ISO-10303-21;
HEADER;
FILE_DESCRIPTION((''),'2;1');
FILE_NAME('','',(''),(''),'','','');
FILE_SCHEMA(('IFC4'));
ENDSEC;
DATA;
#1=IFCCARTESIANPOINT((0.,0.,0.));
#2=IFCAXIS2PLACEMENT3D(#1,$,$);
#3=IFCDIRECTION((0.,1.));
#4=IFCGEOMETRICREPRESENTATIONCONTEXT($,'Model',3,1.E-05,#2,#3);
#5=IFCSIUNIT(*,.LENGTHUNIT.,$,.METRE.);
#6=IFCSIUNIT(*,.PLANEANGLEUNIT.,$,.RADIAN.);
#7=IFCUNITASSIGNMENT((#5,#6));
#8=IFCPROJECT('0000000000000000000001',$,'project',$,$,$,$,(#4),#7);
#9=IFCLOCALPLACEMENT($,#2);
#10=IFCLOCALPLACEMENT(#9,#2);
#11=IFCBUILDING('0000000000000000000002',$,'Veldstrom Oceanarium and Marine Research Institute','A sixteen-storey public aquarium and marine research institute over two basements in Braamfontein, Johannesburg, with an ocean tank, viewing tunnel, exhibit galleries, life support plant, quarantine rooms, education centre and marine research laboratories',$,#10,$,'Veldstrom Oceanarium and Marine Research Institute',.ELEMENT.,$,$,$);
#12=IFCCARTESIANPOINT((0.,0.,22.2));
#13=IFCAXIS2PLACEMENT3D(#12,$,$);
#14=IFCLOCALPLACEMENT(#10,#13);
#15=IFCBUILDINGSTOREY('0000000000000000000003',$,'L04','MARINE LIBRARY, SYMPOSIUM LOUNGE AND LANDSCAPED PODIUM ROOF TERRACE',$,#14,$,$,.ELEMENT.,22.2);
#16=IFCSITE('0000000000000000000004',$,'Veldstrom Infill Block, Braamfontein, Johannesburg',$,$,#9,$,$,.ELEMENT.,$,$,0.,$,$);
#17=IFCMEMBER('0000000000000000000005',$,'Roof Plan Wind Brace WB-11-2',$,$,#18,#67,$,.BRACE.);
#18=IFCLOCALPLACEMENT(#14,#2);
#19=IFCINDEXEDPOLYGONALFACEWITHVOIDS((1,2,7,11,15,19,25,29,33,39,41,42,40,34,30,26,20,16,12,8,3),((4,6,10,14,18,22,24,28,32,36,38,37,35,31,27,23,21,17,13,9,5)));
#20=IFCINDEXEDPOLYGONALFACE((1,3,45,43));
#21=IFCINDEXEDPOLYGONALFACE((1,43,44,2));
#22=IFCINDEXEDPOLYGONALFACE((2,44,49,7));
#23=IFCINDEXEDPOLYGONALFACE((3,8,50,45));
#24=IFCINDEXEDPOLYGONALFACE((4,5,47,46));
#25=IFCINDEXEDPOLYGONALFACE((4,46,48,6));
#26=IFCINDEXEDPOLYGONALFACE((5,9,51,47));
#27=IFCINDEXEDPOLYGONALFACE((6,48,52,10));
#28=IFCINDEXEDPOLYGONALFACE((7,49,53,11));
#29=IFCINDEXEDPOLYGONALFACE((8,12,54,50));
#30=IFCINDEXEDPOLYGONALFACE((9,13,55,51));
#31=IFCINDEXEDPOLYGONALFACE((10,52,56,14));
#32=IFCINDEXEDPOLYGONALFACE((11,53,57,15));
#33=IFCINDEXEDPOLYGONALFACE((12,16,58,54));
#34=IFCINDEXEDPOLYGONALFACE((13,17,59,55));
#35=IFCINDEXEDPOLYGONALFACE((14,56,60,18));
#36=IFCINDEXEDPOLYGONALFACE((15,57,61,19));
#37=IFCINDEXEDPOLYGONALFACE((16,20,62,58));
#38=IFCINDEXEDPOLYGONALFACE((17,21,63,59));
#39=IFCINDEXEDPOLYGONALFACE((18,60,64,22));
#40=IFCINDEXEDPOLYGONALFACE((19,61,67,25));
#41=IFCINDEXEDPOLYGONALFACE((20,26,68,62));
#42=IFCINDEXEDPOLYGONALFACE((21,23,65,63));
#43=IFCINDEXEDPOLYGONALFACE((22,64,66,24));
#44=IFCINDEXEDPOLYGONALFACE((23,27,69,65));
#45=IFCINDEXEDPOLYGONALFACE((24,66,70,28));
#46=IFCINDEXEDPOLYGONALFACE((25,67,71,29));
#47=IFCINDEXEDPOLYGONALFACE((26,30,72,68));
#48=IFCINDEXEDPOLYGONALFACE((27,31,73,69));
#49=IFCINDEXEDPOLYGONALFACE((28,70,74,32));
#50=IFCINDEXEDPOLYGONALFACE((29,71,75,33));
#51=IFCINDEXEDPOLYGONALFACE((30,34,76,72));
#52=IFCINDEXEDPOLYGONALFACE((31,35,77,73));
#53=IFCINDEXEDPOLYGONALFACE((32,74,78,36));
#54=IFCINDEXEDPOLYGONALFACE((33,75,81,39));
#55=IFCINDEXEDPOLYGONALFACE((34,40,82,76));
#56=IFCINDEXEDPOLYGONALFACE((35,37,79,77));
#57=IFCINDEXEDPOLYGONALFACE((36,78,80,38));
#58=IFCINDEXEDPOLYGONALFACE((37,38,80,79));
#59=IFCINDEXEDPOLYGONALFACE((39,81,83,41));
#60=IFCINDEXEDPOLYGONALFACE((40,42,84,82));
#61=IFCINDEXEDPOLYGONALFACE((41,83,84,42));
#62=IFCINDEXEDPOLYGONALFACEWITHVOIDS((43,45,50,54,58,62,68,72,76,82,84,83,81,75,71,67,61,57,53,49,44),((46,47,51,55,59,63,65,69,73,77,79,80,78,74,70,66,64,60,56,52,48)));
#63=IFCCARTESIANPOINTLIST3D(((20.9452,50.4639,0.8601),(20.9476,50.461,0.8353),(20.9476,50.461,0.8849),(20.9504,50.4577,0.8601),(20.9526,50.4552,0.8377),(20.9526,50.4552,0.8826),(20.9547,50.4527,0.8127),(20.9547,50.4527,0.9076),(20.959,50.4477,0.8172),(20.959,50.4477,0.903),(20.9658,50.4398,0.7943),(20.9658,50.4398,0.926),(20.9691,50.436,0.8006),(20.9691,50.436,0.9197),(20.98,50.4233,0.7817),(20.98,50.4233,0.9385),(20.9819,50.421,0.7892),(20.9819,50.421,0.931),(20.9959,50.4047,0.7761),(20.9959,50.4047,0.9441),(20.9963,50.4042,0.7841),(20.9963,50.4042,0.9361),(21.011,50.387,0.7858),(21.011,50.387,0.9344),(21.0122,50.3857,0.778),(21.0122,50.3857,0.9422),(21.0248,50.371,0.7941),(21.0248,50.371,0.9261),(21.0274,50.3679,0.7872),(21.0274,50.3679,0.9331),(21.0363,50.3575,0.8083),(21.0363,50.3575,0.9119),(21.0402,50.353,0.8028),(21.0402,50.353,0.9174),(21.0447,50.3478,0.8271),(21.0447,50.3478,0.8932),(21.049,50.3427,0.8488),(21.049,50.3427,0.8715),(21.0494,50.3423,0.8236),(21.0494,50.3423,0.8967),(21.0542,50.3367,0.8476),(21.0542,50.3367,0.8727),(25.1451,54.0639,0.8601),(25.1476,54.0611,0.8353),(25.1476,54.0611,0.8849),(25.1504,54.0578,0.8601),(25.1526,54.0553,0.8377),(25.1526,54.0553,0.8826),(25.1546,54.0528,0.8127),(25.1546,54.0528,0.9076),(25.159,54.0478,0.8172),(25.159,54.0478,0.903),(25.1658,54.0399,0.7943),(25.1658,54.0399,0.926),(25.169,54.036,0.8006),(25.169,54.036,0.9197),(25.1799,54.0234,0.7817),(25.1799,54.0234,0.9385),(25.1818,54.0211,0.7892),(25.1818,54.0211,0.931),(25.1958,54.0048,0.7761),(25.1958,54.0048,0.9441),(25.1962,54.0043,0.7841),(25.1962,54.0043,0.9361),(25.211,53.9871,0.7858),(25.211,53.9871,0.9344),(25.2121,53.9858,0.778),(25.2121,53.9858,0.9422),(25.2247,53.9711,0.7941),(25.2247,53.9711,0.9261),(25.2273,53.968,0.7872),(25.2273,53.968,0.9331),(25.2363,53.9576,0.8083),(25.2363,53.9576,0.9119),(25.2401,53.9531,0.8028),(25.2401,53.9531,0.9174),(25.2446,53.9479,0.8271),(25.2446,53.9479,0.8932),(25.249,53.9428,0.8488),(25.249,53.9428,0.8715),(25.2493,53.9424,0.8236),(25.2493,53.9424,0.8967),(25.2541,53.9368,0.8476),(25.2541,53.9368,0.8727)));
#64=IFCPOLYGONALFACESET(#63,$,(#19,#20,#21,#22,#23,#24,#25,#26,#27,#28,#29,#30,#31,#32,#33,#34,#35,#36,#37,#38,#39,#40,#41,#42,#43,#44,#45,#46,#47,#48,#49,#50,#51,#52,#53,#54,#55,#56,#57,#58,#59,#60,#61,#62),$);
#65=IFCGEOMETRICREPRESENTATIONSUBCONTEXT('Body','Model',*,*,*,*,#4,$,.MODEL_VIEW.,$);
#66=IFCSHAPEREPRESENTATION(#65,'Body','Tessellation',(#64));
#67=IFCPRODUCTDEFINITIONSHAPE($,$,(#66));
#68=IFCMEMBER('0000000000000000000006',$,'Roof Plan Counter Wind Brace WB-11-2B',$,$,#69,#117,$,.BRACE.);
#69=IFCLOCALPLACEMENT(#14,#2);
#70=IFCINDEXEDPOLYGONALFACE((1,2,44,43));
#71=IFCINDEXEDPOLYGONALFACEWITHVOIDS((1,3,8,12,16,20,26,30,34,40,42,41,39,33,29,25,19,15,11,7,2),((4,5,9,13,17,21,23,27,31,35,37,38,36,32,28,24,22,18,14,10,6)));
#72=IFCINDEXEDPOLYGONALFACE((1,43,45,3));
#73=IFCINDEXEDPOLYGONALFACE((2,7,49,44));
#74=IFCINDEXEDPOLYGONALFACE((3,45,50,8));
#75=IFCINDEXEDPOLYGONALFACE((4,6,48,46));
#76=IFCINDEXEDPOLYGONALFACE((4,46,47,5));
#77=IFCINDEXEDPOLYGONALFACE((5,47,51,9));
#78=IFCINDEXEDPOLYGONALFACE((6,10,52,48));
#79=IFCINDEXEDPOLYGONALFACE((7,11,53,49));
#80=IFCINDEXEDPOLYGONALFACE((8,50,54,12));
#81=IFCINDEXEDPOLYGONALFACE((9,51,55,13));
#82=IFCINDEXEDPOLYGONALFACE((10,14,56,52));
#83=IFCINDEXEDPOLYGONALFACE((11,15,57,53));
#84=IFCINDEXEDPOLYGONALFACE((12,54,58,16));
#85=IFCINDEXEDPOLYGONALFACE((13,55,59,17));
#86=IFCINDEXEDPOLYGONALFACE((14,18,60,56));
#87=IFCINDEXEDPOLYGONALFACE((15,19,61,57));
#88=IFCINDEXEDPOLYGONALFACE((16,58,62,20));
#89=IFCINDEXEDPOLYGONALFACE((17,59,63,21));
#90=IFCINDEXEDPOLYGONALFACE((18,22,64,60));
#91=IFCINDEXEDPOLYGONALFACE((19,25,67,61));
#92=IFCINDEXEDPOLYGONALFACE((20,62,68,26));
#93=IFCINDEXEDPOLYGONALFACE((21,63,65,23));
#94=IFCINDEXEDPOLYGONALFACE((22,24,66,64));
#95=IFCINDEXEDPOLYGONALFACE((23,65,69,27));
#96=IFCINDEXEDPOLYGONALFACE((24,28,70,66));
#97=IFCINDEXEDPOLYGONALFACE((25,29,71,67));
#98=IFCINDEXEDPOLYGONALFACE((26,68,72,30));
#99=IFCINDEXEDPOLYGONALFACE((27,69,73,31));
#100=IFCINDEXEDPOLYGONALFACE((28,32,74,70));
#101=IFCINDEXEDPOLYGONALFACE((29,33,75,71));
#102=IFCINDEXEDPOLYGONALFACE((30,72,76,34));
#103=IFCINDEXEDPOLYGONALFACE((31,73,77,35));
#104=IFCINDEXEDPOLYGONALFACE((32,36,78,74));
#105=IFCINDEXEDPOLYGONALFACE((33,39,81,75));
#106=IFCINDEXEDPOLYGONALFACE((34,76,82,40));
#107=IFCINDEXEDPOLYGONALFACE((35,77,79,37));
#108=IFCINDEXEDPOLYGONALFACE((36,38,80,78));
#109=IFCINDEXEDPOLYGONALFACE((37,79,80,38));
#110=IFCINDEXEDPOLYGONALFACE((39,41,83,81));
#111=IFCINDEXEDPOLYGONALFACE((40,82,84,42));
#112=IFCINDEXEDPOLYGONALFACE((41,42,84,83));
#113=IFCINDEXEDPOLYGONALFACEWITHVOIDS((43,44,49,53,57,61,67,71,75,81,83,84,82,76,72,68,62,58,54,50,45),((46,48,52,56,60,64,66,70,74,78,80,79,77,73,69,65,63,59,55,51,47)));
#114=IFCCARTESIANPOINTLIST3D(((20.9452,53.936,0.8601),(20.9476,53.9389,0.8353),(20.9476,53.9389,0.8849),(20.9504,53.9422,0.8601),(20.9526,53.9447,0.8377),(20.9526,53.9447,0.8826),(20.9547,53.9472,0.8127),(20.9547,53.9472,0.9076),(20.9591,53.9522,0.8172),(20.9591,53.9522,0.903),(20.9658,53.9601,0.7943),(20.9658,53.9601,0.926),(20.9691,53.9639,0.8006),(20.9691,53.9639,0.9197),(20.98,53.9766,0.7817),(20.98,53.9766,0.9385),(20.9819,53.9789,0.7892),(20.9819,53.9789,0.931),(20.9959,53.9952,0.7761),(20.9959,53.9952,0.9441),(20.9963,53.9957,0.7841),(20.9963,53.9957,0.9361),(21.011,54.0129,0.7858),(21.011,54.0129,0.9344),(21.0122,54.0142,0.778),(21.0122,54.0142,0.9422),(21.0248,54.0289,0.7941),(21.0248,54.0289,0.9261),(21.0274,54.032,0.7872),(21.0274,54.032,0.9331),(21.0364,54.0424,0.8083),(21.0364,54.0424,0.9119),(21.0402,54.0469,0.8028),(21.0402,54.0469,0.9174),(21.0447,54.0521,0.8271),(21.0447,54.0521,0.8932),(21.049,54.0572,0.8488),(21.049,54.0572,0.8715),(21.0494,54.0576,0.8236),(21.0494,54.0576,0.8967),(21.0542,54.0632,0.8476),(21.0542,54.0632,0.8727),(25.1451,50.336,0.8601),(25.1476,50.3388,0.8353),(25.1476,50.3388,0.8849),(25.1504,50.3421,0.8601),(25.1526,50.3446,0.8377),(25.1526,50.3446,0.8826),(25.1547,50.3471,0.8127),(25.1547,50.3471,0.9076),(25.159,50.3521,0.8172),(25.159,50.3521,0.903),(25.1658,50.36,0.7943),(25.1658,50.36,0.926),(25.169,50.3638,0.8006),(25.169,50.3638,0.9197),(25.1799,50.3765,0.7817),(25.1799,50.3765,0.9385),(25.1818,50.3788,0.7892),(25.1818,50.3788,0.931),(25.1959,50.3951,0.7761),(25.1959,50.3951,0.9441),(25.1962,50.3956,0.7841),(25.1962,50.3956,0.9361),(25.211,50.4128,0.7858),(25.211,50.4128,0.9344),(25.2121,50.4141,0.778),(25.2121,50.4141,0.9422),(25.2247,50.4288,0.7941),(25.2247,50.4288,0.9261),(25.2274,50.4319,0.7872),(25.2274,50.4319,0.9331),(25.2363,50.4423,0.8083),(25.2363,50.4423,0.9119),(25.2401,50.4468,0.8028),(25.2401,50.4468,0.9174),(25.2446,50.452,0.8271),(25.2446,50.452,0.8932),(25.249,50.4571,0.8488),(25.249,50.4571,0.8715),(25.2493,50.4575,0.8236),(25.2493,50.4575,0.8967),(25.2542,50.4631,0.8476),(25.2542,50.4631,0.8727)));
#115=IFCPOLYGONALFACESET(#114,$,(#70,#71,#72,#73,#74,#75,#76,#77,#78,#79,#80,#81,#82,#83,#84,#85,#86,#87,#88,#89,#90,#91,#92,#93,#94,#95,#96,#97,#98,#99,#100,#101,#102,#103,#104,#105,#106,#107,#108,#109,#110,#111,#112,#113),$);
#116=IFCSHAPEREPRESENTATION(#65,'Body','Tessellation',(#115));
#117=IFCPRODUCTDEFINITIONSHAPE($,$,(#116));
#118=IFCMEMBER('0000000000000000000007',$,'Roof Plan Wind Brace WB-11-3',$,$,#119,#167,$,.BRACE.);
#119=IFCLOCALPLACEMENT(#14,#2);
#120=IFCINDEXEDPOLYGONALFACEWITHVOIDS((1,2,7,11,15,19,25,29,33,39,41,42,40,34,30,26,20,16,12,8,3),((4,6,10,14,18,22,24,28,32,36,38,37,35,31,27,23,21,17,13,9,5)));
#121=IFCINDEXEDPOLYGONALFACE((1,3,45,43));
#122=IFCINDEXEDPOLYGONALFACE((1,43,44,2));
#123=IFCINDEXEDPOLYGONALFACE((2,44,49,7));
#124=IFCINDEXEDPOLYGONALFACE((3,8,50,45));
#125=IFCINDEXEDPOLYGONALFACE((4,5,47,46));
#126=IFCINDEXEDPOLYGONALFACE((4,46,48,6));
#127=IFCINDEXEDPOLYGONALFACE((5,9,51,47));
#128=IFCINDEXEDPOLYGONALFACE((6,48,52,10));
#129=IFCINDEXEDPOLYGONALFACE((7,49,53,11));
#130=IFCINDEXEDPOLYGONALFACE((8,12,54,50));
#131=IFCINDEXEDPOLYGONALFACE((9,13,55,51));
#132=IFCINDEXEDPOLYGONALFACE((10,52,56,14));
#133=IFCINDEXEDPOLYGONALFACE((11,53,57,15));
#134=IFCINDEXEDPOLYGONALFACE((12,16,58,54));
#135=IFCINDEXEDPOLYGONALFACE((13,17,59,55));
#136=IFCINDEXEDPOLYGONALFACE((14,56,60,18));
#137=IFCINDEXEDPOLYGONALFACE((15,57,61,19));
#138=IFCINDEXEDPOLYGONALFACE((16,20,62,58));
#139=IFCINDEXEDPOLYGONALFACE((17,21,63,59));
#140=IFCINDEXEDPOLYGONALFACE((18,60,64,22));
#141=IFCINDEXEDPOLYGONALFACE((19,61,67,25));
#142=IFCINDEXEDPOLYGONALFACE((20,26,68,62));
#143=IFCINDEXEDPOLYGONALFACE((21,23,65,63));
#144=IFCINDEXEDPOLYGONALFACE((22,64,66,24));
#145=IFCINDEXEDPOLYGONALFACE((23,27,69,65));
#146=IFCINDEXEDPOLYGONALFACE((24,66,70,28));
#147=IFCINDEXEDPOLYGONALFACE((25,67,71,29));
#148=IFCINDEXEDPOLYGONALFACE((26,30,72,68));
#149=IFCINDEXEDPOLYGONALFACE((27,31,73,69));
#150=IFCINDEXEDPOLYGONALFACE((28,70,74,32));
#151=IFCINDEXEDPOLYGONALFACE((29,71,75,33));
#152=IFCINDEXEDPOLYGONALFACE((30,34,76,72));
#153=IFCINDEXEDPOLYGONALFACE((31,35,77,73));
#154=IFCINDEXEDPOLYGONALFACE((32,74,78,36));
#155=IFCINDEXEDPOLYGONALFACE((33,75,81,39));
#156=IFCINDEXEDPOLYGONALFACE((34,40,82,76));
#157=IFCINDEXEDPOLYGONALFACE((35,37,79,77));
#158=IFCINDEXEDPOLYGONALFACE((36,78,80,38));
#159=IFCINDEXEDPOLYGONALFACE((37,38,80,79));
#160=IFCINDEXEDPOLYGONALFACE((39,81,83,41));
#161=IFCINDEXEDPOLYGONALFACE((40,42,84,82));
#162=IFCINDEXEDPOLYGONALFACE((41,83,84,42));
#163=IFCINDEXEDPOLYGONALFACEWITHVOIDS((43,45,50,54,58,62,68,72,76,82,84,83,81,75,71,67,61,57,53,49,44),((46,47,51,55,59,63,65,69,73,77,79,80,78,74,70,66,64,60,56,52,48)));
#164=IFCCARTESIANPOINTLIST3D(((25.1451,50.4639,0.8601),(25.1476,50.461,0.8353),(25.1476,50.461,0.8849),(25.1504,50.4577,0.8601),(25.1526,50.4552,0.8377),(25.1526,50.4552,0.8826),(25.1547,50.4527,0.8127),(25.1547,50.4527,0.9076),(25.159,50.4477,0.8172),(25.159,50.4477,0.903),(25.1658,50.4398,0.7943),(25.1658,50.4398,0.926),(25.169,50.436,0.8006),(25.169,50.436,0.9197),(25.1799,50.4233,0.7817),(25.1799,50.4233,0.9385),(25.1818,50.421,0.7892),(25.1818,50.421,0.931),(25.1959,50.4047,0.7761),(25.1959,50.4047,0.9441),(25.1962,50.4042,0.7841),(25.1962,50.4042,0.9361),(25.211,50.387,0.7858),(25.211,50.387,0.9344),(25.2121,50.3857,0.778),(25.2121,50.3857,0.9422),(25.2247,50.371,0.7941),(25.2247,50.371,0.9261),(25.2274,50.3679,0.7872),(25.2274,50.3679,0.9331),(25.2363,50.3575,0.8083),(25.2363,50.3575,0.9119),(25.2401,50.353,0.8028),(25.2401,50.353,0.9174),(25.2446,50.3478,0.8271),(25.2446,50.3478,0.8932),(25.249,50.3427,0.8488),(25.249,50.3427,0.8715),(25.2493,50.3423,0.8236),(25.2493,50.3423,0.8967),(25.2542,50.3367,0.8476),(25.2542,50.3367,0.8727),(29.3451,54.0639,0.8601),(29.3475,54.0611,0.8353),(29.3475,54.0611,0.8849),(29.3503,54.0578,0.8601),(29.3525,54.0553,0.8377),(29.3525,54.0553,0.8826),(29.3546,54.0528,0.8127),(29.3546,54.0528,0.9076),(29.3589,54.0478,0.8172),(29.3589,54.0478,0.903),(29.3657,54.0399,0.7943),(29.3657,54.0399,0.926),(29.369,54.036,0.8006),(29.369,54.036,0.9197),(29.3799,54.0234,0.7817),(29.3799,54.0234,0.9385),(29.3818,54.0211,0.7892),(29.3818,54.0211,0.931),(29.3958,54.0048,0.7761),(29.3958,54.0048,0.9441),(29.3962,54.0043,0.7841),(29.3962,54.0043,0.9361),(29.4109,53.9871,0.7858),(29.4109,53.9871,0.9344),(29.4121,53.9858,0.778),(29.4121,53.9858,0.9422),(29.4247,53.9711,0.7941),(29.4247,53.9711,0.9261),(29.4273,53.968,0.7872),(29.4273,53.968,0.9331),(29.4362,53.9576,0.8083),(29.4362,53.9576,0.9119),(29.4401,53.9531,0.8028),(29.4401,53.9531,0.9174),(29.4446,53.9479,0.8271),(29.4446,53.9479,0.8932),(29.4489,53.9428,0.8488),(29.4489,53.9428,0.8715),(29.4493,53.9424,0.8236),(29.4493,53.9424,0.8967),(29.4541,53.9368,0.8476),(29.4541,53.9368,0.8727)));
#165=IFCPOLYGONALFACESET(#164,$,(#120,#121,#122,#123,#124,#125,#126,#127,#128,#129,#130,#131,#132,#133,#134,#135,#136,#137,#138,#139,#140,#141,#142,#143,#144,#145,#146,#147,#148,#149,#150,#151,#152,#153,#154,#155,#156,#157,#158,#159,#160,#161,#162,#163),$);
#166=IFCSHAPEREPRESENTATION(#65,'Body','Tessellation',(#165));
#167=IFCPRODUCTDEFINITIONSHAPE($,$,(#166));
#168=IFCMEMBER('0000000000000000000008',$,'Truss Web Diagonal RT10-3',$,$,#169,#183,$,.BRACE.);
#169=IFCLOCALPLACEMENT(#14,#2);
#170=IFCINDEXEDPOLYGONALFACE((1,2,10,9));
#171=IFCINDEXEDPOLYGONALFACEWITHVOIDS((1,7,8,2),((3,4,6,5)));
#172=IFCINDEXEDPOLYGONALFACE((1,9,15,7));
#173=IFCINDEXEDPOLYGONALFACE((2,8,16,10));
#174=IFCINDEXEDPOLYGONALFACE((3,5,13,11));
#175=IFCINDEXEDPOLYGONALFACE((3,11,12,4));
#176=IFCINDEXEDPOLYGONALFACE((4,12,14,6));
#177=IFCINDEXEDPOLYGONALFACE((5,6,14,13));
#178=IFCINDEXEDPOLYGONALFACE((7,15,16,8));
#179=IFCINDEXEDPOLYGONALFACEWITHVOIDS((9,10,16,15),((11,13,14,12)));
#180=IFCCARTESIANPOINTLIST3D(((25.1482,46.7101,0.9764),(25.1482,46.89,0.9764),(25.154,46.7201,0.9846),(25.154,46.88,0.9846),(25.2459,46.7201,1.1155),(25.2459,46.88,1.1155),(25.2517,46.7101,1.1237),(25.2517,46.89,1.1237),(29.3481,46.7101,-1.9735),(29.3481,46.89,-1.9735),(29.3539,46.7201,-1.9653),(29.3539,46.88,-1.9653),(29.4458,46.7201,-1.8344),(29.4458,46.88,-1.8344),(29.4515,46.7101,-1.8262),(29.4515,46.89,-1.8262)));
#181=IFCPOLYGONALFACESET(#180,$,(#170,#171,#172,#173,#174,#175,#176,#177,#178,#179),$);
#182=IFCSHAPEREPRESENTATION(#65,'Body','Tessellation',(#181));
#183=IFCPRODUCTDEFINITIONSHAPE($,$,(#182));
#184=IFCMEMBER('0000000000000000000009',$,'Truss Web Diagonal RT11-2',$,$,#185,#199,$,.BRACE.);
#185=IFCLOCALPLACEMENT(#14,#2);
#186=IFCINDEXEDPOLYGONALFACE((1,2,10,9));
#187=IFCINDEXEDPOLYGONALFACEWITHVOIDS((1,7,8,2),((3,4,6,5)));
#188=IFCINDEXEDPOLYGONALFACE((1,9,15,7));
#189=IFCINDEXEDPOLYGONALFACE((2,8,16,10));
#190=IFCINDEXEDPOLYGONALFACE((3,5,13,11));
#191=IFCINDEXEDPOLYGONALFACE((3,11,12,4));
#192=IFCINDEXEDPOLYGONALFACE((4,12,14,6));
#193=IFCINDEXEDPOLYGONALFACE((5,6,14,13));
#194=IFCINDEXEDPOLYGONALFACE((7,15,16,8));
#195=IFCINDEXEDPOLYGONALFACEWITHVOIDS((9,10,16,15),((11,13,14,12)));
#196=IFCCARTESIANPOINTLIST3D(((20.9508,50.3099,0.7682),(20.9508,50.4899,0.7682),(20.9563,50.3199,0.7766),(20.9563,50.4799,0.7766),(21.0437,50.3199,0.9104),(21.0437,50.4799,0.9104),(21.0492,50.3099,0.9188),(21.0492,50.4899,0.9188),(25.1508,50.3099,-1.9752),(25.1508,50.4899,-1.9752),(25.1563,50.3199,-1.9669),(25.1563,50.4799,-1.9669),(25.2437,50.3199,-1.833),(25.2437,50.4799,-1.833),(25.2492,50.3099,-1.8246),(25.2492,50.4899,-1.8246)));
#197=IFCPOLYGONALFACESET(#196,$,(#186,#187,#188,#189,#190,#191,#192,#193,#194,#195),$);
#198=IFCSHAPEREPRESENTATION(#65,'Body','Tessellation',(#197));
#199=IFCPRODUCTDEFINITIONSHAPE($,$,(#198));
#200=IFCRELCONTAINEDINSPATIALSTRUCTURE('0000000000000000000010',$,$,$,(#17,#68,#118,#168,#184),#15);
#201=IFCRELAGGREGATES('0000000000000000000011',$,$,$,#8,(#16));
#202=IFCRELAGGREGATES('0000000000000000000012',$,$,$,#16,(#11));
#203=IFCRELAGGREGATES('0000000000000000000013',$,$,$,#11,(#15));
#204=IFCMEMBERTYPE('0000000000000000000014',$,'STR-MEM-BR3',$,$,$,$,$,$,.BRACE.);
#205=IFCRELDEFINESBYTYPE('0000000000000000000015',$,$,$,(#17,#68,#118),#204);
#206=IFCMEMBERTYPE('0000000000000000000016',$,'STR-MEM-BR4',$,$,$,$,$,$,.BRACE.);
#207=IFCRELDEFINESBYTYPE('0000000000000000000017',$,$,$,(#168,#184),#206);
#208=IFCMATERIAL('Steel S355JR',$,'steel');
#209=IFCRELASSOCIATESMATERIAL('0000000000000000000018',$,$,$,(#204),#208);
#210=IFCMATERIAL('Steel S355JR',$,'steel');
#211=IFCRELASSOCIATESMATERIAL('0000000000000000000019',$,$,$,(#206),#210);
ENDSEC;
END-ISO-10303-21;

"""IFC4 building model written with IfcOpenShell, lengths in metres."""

from ifc_helpers import new_model, si_unit, direction, frame, origin, origin_2d, place, context, subcontext, project, spatial, hollow_rectangle, hollow_circle, extrude, material, material_profile, profile_set, type_object, element, save


model = new_model("IFC4")

# Units and contexts
model_context = context("Model", 3, precision=1e-05, world=origin(), true_north=direction((0.0, 1.0)))
body_context = subcontext(model_context, "Body", "Model", "MODEL_VIEW")
ifc_project = project(units=[si_unit("LENGTHUNIT", "METRE"), si_unit("PLANEANGLEUNIT", "RADIAN")], contexts=[model_context])

# Site, building, storey
site_placement = place(None, origin())
site = spatial("IfcSite", under=ifc_project, at=site_placement, Name="Veldstrom Infill Block, Braamfontein, Johannesburg", CompositionType="ELEMENT", RefElevation=0.0)
building_placement = place(site_placement, origin())
building = spatial("IfcBuilding", under=site, at=building_placement, Name="Veldstrom Oceanarium and Marine Research Institute", Description="A sixteen-storey public aquarium and marine research institute over two basements in Braamfontein, Johannesburg, with an ocean tank, viewing tunnel, exhibit galleries, life support plant, quarantine rooms, education centre and marine research laboratories", LongName="Veldstrom Oceanarium and Marine Research Institute", CompositionType="ELEMENT")
storey_placement = place(building_placement, frame((0.0, 0.0, 22.2)))
storey = spatial("IfcBuildingStorey", under=building, at=storey_placement, Name="L04", Description="MARINE LIBRARY, SYMPOSIUM LOUNGE AND LANDSCAPED PODIUM ROOF TERRACE", CompositionType="ELEMENT", Elevation=22.2)

# Members
ifc_material_1 = material(Name="Steel S355JR", Category="steel")
ifc_material_profile_1 = material_profile(ifc_material_1, hollow_circle(Radius=0.0842, WallThickness=0.0081, at=origin_2d()), Name="CHS 168.3x8")
ifc_profile_set_1 = profile_set([ifc_material_profile_1], Name="Steel S355JR")
member_type_1 = type_object("IfcMemberType", Name="STR-MEM-BR3", PredefinedType="BRACE", material=ifc_profile_set_1)
for number, where, z_axis, x_axis, name in (
    (1, (21.0, 50.3999, 0.8601), (0.759244, 0.650806, 0.0), (-0.650806, 0.759244, 0.0), "Roof Plan Wind Brace WB-11-2"),
    (2, (25.2, 50.3999, 0.8601), (-0.759244, 0.650806, 0.0), (-0.650806, -0.759244, 0.0), "Roof Plan Counter Wind Brace WB-11-2B"),
    (3, (25.2, 50.3999, 0.8601), (0.759244, 0.650806, 0.0), (-0.650806, 0.759244, 0.0), "Roof Plan Wind Brace WB-11-3"),
):
    element("IfcMember", number, at=place(storey_placement, frame(where, z_axis=z_axis, x_axis=x_axis)), inside=storey, type_object=member_type_1, Name=name, PredefinedType="BRACE", context=body_context, shape_type="SweptSolid", body=[
        extrude(hollow_circle(Radius=0.0842, WallThickness=0.0081, at=origin_2d()), origin(), (0.0, 0.0, 1.0), 5.5317),
    ])
ifc_material_2 = material(Name="Steel S355JR", Category="steel")
ifc_material_profile_2 = material_profile(ifc_material_2, hollow_rectangle(XDim=0.1799, YDim=0.1799, WallThickness=0.01, at=origin_2d()), Name="SHS 180x180x10")
ifc_profile_set_2 = profile_set([ifc_material_profile_2], Name="Steel S355JR")
member_type_2 = type_object("IfcMemberType", Name="STR-MEM-BR4", PredefinedType="BRACE", material=ifc_profile_set_2)
member_1_placement = place(storey_placement, frame((25.2, 46.8, 1.05), z_axis=(0.818317, 0.0, -0.574767), x_axis=(0.0, 1.0, 0.0)))
element("IfcMember", 4, at=member_1_placement, inside=storey, type_object=member_type_2, Name="Truss Web Diagonal RT10-3", PredefinedType="BRACE", context=body_context, shape_type="SweptSolid", body=[
    extrude(hollow_rectangle(XDim=0.1799, YDim=0.1799, WallThickness=0.01, at=origin_2d()), origin(), (0.0, 0.0, 1.0), 5.1323),
])
member_2_placement = place(storey_placement, frame((21.0, 50.3999, 0.8435), z_axis=(0.837217, 0.0, -0.54687), x_axis=(0.0, 1.0, 0.0)))
element("IfcMember", 5, at=member_2_placement, inside=storey, type_object=member_type_2, Name="Truss Web Diagonal RT11-2", PredefinedType="BRACE", context=body_context, shape_type="SweptSolid", body=[
    extrude(hollow_rectangle(XDim=0.1799, YDim=0.1799, WallThickness=0.01, at=origin_2d()), origin(), (0.0, 0.0, 1.0), 5.0166),
])

save(model, "model.ifc")
